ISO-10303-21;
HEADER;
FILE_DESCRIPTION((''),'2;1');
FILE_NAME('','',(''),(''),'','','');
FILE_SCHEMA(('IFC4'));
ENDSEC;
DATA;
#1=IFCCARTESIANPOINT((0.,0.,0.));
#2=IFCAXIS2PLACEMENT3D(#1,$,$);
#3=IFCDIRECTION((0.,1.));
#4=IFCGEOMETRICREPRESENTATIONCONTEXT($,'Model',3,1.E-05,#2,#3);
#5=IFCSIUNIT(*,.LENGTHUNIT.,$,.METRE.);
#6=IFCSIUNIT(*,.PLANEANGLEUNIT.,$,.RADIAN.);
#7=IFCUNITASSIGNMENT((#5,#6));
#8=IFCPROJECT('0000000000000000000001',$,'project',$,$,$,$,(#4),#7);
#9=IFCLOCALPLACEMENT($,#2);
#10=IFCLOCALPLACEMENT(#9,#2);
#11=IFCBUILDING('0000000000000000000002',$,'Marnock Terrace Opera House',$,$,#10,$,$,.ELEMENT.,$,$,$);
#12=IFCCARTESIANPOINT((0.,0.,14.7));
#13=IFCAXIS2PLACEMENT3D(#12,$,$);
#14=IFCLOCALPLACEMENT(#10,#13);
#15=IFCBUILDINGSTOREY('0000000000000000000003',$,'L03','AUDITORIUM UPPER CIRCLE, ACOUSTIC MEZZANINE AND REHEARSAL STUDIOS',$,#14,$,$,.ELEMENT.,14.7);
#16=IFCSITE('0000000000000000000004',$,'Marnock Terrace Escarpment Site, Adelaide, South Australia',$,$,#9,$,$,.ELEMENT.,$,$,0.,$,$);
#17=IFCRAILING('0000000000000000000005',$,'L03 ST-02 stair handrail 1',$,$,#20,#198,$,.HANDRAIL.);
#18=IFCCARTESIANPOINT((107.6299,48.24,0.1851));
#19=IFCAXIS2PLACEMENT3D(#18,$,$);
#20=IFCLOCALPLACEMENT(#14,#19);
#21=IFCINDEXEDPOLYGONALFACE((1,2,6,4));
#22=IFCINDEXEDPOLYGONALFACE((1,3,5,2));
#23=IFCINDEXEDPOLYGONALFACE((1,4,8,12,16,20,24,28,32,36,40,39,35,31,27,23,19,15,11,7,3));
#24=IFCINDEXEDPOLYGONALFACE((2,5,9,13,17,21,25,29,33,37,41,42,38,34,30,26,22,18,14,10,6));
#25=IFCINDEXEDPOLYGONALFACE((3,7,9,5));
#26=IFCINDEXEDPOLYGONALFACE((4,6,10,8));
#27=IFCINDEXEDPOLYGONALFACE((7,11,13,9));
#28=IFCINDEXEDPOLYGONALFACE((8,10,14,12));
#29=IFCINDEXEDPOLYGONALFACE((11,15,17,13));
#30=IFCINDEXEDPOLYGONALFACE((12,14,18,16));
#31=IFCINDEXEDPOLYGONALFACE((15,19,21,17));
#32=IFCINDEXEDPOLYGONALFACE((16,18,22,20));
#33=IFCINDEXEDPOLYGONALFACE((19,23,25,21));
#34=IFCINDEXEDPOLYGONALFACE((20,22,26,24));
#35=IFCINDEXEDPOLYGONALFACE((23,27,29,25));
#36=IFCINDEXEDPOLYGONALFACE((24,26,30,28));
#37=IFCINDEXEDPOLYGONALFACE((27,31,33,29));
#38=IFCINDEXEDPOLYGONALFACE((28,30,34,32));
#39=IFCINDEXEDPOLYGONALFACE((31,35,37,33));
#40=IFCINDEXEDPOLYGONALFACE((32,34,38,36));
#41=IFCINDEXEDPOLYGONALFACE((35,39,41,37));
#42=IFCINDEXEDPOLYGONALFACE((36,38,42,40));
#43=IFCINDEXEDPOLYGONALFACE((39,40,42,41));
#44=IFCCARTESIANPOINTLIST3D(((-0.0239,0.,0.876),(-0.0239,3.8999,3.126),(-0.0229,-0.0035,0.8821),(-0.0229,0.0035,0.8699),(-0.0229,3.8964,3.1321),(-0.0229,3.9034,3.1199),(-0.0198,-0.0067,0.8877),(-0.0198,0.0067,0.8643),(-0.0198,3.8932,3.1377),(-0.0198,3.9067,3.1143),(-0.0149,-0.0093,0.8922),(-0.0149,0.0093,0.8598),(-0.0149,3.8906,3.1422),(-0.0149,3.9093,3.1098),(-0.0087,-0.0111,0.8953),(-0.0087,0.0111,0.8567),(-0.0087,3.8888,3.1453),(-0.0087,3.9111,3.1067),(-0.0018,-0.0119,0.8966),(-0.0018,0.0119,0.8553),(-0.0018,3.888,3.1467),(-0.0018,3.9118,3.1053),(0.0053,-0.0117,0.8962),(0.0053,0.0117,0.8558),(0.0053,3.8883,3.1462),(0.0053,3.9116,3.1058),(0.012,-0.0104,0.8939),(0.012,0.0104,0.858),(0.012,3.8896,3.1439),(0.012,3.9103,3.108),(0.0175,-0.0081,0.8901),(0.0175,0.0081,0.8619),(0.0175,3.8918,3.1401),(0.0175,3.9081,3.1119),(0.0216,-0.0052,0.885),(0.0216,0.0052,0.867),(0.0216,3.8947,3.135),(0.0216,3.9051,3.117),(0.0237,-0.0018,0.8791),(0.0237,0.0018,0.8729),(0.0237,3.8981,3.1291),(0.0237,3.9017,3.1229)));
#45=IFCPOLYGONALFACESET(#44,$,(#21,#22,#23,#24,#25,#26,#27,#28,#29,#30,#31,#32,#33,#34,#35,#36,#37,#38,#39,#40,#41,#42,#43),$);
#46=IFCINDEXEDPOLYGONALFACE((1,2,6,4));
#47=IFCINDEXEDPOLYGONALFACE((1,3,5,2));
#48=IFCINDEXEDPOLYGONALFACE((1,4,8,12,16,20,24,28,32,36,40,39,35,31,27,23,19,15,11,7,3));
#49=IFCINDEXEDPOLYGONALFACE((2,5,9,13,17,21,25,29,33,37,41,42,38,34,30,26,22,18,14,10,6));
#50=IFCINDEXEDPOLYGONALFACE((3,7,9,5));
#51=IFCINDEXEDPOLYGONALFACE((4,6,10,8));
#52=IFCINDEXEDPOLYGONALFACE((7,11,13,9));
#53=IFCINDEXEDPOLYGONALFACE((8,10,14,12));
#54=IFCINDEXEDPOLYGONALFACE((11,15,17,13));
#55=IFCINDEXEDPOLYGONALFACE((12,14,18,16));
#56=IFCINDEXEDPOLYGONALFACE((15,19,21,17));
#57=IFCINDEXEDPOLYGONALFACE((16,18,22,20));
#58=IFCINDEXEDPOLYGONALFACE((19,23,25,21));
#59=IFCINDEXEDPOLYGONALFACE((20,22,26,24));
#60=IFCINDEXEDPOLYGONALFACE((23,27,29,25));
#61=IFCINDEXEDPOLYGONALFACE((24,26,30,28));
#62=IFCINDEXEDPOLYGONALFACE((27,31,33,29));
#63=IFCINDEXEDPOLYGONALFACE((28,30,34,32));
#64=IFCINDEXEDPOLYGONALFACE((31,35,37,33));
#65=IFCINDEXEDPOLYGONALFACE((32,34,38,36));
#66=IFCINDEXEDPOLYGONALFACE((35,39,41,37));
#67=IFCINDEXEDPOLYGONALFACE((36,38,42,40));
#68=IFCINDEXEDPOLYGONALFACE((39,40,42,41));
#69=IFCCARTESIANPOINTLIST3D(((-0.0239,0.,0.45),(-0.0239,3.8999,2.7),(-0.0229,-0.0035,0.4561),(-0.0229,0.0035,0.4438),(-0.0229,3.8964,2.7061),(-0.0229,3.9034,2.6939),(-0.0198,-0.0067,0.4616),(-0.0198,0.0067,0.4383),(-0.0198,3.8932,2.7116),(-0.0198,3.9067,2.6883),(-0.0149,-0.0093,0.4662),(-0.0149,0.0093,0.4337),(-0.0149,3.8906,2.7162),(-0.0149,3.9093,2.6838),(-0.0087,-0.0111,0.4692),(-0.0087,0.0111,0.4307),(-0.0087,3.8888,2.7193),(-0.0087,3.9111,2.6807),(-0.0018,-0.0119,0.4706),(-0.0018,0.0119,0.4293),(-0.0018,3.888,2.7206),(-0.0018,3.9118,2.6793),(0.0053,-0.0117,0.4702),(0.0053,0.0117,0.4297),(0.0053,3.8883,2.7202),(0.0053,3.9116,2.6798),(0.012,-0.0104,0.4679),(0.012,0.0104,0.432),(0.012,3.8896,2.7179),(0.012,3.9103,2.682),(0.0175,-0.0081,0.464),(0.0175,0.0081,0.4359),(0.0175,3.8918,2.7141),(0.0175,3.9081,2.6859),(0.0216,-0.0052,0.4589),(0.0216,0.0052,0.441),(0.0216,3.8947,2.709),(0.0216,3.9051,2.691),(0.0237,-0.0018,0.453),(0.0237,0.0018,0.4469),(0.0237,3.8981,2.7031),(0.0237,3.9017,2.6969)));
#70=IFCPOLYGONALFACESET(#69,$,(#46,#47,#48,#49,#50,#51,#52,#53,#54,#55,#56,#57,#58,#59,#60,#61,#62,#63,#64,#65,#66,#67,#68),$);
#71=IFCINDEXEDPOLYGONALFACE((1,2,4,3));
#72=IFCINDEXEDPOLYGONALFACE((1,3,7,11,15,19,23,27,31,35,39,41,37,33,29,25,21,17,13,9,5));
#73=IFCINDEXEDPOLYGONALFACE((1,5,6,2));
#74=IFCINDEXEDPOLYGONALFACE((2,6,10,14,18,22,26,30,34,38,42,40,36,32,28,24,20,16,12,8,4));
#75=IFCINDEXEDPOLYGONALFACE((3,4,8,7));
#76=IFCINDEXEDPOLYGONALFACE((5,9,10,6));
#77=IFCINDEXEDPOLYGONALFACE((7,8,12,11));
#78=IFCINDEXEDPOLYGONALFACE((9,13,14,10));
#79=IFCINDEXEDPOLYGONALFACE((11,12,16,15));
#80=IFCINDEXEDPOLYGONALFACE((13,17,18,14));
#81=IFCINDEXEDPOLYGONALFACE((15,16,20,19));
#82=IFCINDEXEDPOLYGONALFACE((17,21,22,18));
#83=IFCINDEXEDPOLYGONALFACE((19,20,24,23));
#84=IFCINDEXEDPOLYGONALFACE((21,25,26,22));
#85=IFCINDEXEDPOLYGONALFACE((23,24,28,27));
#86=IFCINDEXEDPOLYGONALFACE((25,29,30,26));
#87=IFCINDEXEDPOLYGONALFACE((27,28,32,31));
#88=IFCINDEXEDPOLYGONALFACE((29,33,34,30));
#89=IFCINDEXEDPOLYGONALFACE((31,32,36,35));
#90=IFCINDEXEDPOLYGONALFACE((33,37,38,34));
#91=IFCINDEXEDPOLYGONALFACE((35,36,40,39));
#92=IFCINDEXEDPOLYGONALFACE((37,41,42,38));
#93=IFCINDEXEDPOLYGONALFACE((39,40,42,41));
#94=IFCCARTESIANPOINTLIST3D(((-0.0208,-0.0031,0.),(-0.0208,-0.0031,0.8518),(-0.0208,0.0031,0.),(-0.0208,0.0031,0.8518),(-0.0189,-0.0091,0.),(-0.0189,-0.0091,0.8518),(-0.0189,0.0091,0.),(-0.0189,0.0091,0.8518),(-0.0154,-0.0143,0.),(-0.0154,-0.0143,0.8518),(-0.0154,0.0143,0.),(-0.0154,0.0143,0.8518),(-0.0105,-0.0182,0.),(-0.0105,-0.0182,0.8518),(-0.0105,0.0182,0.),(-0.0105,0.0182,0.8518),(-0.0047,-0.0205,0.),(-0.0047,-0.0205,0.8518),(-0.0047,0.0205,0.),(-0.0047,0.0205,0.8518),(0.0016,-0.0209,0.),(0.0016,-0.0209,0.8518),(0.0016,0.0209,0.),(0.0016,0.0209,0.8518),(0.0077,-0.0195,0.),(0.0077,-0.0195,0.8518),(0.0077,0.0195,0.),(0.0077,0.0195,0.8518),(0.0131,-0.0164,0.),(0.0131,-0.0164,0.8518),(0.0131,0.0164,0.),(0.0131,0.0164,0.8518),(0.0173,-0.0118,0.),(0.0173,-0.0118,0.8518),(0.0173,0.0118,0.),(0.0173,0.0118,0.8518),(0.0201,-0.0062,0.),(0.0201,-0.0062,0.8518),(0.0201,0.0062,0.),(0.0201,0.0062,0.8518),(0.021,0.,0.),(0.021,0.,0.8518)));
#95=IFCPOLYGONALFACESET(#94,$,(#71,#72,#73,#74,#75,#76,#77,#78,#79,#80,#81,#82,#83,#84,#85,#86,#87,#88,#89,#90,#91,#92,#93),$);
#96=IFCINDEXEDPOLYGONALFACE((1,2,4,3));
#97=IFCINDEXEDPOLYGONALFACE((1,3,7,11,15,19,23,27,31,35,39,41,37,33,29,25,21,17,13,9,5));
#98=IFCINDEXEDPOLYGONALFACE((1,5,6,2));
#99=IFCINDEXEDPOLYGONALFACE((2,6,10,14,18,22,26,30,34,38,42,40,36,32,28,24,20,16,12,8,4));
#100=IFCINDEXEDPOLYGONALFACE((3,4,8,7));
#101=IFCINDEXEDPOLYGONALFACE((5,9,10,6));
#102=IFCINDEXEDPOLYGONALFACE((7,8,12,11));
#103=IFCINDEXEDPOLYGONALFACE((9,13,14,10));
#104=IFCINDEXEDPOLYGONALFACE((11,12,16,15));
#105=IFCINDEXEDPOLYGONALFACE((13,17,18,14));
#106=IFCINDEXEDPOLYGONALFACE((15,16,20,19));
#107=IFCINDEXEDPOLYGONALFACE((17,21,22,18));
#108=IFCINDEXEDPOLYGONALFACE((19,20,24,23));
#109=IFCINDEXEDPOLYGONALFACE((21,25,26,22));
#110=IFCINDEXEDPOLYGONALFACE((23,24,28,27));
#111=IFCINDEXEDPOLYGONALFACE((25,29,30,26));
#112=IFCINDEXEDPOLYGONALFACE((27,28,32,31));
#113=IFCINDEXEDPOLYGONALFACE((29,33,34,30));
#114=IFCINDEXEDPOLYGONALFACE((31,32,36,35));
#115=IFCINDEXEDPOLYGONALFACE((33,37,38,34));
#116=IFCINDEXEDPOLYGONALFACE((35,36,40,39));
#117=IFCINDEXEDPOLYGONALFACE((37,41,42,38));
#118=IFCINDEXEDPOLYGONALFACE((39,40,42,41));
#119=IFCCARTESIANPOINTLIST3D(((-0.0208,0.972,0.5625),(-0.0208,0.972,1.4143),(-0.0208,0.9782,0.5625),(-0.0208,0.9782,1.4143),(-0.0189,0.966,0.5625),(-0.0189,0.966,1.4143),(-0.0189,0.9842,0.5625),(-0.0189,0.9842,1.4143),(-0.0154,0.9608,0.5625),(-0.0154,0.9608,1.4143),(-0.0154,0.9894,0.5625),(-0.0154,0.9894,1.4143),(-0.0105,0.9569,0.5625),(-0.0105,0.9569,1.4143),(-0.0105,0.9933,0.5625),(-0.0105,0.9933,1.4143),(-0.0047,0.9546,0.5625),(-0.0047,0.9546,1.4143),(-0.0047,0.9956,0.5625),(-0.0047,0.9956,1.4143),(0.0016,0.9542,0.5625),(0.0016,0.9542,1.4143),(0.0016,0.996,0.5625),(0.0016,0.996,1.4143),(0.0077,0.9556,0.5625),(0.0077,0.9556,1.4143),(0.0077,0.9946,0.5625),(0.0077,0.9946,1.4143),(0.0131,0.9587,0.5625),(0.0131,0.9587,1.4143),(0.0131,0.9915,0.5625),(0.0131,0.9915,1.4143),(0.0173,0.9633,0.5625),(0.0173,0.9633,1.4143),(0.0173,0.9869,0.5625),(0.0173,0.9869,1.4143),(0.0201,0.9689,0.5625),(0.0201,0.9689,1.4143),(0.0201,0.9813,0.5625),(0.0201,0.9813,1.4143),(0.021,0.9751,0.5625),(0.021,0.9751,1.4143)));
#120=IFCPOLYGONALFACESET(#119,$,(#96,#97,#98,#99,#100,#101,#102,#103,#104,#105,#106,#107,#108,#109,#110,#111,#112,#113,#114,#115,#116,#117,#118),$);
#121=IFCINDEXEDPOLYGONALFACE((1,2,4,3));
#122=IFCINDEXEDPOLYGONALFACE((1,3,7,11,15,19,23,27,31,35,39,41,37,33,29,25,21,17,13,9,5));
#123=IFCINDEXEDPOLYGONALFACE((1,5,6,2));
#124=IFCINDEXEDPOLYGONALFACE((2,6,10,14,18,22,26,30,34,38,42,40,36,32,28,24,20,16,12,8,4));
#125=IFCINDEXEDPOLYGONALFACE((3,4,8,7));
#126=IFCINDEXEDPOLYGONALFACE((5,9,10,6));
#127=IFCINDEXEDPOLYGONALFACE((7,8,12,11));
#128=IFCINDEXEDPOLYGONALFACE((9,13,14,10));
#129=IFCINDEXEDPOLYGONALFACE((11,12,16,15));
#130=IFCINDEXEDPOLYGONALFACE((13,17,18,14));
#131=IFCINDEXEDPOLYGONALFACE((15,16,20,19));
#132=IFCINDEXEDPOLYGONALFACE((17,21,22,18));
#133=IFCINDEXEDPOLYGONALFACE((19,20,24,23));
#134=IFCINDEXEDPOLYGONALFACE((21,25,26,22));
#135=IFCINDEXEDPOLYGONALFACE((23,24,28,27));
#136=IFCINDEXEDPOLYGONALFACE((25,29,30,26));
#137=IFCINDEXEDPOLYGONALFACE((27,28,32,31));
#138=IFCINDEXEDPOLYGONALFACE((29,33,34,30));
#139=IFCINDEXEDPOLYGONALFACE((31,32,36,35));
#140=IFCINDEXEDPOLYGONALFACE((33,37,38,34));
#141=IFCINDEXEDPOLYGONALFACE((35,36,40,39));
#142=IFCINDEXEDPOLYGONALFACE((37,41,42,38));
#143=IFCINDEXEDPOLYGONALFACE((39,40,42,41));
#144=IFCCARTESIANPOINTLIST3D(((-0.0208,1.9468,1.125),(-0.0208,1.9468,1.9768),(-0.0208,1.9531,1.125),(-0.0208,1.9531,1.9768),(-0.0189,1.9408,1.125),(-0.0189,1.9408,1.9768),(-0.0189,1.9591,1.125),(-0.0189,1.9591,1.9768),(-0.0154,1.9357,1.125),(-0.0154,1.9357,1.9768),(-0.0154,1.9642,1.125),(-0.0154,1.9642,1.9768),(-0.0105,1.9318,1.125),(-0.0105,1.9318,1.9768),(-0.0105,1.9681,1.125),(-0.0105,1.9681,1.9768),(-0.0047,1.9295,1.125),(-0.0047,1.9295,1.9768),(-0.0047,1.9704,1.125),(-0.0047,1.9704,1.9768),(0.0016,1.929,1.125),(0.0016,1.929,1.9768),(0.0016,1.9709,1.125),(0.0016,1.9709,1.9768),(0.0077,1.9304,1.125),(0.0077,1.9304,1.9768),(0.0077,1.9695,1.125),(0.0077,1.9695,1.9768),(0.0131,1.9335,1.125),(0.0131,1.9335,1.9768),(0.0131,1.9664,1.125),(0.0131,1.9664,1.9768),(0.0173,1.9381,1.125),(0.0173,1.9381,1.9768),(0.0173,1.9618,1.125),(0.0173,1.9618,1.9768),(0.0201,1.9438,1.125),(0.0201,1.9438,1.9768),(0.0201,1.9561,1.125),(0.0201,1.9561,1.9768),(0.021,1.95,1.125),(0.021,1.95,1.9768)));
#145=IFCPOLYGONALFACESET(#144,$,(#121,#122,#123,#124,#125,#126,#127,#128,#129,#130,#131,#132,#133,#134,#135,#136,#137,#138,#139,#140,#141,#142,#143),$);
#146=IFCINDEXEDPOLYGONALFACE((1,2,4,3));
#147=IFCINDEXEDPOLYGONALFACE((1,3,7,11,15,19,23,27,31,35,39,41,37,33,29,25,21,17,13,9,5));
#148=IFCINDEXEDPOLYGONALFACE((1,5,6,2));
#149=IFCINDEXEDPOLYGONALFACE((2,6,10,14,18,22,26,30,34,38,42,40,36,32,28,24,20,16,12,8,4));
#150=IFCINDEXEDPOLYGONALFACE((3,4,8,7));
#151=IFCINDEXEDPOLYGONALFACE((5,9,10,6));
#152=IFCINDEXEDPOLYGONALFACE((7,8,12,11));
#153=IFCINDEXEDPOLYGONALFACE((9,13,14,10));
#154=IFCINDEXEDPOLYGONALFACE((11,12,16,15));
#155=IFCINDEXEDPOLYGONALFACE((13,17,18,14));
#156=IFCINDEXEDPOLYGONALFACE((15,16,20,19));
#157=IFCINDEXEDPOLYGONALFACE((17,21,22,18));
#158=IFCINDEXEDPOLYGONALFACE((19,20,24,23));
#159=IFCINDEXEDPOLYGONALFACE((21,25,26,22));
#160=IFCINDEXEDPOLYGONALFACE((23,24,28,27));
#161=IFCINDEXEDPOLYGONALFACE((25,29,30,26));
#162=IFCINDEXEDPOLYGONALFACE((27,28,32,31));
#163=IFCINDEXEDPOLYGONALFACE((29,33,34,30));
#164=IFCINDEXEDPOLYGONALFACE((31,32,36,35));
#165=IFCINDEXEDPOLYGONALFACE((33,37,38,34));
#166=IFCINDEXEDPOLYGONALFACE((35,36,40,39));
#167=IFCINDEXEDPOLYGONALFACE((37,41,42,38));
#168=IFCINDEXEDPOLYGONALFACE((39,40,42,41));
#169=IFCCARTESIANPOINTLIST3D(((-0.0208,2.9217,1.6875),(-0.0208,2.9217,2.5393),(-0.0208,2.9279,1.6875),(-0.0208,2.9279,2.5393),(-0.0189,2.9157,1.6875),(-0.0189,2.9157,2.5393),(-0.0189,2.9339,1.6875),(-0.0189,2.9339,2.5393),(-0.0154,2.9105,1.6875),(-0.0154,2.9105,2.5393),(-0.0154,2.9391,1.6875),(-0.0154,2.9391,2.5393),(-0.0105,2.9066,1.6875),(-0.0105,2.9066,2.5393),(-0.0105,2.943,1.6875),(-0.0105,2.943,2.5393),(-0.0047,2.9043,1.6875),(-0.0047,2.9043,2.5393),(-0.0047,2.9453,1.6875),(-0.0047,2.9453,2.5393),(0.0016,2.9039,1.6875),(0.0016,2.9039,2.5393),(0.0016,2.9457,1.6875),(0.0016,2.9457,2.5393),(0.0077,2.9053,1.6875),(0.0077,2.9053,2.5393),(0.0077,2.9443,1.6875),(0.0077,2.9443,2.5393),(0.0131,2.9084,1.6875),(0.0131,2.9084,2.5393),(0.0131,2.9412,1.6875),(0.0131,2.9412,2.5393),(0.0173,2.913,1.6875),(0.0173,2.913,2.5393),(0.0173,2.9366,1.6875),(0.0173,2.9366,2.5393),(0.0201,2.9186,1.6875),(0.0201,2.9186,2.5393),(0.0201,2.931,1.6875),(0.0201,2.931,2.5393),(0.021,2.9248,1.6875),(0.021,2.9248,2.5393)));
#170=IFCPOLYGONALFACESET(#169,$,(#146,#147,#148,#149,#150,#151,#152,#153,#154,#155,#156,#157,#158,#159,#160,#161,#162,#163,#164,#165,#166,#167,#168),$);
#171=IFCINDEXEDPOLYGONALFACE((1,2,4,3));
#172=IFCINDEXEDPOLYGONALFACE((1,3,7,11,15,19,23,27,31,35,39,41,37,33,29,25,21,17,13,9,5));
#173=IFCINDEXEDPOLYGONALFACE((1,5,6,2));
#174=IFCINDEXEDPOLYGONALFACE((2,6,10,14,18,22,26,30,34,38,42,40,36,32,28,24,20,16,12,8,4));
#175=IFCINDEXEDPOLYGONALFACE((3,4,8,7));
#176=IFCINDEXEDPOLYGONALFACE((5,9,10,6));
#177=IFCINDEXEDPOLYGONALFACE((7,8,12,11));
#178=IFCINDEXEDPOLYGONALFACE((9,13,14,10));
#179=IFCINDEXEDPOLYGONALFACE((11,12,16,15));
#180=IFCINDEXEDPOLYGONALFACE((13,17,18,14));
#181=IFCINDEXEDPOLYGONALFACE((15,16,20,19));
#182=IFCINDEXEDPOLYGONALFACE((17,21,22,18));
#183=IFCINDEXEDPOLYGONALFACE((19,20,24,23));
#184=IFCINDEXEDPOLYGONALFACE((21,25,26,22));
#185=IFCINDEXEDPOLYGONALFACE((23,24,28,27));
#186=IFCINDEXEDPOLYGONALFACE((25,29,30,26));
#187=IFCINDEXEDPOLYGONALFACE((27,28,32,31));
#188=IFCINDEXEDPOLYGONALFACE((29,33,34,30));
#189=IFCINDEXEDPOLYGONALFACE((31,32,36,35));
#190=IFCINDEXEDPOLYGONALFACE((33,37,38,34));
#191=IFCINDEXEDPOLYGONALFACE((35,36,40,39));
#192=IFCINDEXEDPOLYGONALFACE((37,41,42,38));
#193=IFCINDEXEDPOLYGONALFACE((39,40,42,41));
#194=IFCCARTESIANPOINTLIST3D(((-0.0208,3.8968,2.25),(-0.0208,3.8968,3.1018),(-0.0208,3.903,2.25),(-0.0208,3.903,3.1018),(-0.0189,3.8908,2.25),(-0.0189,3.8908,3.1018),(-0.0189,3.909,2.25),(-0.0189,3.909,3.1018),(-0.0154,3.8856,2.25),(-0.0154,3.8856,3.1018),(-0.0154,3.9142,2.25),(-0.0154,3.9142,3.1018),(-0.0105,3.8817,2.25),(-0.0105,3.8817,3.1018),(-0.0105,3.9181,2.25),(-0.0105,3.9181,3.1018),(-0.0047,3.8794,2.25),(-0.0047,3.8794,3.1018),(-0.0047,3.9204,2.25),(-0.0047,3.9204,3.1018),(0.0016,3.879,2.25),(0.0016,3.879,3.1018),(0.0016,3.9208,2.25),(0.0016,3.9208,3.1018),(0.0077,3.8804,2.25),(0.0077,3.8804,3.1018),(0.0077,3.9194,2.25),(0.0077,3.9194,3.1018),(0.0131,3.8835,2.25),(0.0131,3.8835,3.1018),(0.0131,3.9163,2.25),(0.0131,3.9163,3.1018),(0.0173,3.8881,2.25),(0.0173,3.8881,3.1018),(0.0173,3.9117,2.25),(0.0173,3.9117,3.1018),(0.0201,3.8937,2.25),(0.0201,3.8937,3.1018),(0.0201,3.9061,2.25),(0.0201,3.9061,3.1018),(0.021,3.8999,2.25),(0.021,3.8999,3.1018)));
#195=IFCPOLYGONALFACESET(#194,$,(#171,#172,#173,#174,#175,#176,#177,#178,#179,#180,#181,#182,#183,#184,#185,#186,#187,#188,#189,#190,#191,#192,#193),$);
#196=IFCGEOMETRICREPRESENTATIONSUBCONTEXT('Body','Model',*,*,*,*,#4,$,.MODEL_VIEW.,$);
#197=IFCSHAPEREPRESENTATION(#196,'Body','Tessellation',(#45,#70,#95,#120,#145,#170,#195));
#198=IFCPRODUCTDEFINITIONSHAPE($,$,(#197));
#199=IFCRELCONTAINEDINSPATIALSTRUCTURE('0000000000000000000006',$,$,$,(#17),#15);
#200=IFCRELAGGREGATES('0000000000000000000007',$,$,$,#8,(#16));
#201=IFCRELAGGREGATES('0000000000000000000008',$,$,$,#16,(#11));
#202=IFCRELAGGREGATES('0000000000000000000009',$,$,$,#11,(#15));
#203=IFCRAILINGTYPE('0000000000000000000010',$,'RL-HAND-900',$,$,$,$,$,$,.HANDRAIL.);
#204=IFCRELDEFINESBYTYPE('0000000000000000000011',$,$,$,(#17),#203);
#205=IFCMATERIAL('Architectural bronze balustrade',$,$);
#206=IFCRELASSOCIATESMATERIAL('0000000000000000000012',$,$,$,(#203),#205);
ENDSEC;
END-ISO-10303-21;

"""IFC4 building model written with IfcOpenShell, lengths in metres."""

from ifc_helpers import new_model, si_unit, direction, frame, origin, origin_2d, place, context, subcontext, project, spatial, circle, extrude, material, type_object, element, save


model = new_model("IFC4")

# Units and contexts
model_context = context("Model", 3, precision=1e-05, world=origin(), true_north=direction((0.0, 1.0)))
body_context = subcontext(model_context, "Body", "Model", "MODEL_VIEW")
ifc_project = project(units=[si_unit("LENGTHUNIT", "METRE"), si_unit("PLANEANGLEUNIT", "RADIAN")], contexts=[model_context])

# Site, building, storey
site_placement = place(None, origin())
site = spatial("IfcSite", under=ifc_project, at=site_placement, Name="Marnock Terrace Escarpment Site, Adelaide, South Australia", CompositionType="ELEMENT", RefElevation=0.0)
building_placement = place(site_placement, origin())
building = spatial("IfcBuilding", under=site, at=building_placement, Name="Marnock Terrace Opera House", CompositionType="ELEMENT")
storey_placement = place(building_placement, frame((0.0, 0.0, 14.7)))
storey = spatial("IfcBuildingStorey", under=building, at=storey_placement, Name="L03", Description="AUDITORIUM UPPER CIRCLE, ACOUSTIC MEZZANINE AND REHEARSAL STUDIOS", CompositionType="ELEMENT", Elevation=14.7)

# Railing
ifc_material_1 = material(Name="Architectural bronze balustrade")
railing_type_1 = type_object("IfcRailingType", Name="RL-HAND-900", PredefinedType="HANDRAIL", material=ifc_material_1)
railing_1_placement = place(storey_placement, frame((107.6299, 48.24, 0.1851)))
element("IfcRailing", 1, at=railing_1_placement, inside=storey, type_object=railing_type_1, Name="L03 ST-02 stair handrail 1", PredefinedType="HANDRAIL", context=body_context, shape_type="SweptSolid", body=[
    extrude(circle(Radius=0.0239, at=origin_2d()), frame((0.0, 0.0, 0.876), z_axis=(0.0, 0.86618, 0.499732), x_axis=(-1.0, 0.0, 0.0)), (0.0, 0.0, 1.0), 4.5024),
    extrude(circle(Radius=0.0239, at=origin_2d()), frame((0.0, 0.0, 0.45), z_axis=(0.0, 0.86618, 0.499732), x_axis=(-1.0, 0.0, 0.0)), (0.0, 0.0, 1.0), 4.5024),
    extrude(circle(Radius=0.021, at=origin_2d()), origin(), (0.0, 0.0, 1.0), 0.8518),
    extrude(circle(Radius=0.021, at=origin_2d()), frame((0.0, 0.9751, 0.5625)), (0.0, 0.0, 1.0), 0.8518),
    extrude(circle(Radius=0.021, at=origin_2d()), frame((0.0, 1.95, 1.125)), (0.0, 0.0, 1.0), 0.8518),
    extrude(circle(Radius=0.021, at=origin_2d()), frame((0.0, 2.9248, 1.6875)), (0.0, 0.0, 1.0), 0.8518),
    extrude(circle(Radius=0.021, at=origin_2d()), frame((0.0, 3.8999, 2.25)), (0.0, 0.0, 1.0), 0.8518),
])

save(model, "model.ifc")
